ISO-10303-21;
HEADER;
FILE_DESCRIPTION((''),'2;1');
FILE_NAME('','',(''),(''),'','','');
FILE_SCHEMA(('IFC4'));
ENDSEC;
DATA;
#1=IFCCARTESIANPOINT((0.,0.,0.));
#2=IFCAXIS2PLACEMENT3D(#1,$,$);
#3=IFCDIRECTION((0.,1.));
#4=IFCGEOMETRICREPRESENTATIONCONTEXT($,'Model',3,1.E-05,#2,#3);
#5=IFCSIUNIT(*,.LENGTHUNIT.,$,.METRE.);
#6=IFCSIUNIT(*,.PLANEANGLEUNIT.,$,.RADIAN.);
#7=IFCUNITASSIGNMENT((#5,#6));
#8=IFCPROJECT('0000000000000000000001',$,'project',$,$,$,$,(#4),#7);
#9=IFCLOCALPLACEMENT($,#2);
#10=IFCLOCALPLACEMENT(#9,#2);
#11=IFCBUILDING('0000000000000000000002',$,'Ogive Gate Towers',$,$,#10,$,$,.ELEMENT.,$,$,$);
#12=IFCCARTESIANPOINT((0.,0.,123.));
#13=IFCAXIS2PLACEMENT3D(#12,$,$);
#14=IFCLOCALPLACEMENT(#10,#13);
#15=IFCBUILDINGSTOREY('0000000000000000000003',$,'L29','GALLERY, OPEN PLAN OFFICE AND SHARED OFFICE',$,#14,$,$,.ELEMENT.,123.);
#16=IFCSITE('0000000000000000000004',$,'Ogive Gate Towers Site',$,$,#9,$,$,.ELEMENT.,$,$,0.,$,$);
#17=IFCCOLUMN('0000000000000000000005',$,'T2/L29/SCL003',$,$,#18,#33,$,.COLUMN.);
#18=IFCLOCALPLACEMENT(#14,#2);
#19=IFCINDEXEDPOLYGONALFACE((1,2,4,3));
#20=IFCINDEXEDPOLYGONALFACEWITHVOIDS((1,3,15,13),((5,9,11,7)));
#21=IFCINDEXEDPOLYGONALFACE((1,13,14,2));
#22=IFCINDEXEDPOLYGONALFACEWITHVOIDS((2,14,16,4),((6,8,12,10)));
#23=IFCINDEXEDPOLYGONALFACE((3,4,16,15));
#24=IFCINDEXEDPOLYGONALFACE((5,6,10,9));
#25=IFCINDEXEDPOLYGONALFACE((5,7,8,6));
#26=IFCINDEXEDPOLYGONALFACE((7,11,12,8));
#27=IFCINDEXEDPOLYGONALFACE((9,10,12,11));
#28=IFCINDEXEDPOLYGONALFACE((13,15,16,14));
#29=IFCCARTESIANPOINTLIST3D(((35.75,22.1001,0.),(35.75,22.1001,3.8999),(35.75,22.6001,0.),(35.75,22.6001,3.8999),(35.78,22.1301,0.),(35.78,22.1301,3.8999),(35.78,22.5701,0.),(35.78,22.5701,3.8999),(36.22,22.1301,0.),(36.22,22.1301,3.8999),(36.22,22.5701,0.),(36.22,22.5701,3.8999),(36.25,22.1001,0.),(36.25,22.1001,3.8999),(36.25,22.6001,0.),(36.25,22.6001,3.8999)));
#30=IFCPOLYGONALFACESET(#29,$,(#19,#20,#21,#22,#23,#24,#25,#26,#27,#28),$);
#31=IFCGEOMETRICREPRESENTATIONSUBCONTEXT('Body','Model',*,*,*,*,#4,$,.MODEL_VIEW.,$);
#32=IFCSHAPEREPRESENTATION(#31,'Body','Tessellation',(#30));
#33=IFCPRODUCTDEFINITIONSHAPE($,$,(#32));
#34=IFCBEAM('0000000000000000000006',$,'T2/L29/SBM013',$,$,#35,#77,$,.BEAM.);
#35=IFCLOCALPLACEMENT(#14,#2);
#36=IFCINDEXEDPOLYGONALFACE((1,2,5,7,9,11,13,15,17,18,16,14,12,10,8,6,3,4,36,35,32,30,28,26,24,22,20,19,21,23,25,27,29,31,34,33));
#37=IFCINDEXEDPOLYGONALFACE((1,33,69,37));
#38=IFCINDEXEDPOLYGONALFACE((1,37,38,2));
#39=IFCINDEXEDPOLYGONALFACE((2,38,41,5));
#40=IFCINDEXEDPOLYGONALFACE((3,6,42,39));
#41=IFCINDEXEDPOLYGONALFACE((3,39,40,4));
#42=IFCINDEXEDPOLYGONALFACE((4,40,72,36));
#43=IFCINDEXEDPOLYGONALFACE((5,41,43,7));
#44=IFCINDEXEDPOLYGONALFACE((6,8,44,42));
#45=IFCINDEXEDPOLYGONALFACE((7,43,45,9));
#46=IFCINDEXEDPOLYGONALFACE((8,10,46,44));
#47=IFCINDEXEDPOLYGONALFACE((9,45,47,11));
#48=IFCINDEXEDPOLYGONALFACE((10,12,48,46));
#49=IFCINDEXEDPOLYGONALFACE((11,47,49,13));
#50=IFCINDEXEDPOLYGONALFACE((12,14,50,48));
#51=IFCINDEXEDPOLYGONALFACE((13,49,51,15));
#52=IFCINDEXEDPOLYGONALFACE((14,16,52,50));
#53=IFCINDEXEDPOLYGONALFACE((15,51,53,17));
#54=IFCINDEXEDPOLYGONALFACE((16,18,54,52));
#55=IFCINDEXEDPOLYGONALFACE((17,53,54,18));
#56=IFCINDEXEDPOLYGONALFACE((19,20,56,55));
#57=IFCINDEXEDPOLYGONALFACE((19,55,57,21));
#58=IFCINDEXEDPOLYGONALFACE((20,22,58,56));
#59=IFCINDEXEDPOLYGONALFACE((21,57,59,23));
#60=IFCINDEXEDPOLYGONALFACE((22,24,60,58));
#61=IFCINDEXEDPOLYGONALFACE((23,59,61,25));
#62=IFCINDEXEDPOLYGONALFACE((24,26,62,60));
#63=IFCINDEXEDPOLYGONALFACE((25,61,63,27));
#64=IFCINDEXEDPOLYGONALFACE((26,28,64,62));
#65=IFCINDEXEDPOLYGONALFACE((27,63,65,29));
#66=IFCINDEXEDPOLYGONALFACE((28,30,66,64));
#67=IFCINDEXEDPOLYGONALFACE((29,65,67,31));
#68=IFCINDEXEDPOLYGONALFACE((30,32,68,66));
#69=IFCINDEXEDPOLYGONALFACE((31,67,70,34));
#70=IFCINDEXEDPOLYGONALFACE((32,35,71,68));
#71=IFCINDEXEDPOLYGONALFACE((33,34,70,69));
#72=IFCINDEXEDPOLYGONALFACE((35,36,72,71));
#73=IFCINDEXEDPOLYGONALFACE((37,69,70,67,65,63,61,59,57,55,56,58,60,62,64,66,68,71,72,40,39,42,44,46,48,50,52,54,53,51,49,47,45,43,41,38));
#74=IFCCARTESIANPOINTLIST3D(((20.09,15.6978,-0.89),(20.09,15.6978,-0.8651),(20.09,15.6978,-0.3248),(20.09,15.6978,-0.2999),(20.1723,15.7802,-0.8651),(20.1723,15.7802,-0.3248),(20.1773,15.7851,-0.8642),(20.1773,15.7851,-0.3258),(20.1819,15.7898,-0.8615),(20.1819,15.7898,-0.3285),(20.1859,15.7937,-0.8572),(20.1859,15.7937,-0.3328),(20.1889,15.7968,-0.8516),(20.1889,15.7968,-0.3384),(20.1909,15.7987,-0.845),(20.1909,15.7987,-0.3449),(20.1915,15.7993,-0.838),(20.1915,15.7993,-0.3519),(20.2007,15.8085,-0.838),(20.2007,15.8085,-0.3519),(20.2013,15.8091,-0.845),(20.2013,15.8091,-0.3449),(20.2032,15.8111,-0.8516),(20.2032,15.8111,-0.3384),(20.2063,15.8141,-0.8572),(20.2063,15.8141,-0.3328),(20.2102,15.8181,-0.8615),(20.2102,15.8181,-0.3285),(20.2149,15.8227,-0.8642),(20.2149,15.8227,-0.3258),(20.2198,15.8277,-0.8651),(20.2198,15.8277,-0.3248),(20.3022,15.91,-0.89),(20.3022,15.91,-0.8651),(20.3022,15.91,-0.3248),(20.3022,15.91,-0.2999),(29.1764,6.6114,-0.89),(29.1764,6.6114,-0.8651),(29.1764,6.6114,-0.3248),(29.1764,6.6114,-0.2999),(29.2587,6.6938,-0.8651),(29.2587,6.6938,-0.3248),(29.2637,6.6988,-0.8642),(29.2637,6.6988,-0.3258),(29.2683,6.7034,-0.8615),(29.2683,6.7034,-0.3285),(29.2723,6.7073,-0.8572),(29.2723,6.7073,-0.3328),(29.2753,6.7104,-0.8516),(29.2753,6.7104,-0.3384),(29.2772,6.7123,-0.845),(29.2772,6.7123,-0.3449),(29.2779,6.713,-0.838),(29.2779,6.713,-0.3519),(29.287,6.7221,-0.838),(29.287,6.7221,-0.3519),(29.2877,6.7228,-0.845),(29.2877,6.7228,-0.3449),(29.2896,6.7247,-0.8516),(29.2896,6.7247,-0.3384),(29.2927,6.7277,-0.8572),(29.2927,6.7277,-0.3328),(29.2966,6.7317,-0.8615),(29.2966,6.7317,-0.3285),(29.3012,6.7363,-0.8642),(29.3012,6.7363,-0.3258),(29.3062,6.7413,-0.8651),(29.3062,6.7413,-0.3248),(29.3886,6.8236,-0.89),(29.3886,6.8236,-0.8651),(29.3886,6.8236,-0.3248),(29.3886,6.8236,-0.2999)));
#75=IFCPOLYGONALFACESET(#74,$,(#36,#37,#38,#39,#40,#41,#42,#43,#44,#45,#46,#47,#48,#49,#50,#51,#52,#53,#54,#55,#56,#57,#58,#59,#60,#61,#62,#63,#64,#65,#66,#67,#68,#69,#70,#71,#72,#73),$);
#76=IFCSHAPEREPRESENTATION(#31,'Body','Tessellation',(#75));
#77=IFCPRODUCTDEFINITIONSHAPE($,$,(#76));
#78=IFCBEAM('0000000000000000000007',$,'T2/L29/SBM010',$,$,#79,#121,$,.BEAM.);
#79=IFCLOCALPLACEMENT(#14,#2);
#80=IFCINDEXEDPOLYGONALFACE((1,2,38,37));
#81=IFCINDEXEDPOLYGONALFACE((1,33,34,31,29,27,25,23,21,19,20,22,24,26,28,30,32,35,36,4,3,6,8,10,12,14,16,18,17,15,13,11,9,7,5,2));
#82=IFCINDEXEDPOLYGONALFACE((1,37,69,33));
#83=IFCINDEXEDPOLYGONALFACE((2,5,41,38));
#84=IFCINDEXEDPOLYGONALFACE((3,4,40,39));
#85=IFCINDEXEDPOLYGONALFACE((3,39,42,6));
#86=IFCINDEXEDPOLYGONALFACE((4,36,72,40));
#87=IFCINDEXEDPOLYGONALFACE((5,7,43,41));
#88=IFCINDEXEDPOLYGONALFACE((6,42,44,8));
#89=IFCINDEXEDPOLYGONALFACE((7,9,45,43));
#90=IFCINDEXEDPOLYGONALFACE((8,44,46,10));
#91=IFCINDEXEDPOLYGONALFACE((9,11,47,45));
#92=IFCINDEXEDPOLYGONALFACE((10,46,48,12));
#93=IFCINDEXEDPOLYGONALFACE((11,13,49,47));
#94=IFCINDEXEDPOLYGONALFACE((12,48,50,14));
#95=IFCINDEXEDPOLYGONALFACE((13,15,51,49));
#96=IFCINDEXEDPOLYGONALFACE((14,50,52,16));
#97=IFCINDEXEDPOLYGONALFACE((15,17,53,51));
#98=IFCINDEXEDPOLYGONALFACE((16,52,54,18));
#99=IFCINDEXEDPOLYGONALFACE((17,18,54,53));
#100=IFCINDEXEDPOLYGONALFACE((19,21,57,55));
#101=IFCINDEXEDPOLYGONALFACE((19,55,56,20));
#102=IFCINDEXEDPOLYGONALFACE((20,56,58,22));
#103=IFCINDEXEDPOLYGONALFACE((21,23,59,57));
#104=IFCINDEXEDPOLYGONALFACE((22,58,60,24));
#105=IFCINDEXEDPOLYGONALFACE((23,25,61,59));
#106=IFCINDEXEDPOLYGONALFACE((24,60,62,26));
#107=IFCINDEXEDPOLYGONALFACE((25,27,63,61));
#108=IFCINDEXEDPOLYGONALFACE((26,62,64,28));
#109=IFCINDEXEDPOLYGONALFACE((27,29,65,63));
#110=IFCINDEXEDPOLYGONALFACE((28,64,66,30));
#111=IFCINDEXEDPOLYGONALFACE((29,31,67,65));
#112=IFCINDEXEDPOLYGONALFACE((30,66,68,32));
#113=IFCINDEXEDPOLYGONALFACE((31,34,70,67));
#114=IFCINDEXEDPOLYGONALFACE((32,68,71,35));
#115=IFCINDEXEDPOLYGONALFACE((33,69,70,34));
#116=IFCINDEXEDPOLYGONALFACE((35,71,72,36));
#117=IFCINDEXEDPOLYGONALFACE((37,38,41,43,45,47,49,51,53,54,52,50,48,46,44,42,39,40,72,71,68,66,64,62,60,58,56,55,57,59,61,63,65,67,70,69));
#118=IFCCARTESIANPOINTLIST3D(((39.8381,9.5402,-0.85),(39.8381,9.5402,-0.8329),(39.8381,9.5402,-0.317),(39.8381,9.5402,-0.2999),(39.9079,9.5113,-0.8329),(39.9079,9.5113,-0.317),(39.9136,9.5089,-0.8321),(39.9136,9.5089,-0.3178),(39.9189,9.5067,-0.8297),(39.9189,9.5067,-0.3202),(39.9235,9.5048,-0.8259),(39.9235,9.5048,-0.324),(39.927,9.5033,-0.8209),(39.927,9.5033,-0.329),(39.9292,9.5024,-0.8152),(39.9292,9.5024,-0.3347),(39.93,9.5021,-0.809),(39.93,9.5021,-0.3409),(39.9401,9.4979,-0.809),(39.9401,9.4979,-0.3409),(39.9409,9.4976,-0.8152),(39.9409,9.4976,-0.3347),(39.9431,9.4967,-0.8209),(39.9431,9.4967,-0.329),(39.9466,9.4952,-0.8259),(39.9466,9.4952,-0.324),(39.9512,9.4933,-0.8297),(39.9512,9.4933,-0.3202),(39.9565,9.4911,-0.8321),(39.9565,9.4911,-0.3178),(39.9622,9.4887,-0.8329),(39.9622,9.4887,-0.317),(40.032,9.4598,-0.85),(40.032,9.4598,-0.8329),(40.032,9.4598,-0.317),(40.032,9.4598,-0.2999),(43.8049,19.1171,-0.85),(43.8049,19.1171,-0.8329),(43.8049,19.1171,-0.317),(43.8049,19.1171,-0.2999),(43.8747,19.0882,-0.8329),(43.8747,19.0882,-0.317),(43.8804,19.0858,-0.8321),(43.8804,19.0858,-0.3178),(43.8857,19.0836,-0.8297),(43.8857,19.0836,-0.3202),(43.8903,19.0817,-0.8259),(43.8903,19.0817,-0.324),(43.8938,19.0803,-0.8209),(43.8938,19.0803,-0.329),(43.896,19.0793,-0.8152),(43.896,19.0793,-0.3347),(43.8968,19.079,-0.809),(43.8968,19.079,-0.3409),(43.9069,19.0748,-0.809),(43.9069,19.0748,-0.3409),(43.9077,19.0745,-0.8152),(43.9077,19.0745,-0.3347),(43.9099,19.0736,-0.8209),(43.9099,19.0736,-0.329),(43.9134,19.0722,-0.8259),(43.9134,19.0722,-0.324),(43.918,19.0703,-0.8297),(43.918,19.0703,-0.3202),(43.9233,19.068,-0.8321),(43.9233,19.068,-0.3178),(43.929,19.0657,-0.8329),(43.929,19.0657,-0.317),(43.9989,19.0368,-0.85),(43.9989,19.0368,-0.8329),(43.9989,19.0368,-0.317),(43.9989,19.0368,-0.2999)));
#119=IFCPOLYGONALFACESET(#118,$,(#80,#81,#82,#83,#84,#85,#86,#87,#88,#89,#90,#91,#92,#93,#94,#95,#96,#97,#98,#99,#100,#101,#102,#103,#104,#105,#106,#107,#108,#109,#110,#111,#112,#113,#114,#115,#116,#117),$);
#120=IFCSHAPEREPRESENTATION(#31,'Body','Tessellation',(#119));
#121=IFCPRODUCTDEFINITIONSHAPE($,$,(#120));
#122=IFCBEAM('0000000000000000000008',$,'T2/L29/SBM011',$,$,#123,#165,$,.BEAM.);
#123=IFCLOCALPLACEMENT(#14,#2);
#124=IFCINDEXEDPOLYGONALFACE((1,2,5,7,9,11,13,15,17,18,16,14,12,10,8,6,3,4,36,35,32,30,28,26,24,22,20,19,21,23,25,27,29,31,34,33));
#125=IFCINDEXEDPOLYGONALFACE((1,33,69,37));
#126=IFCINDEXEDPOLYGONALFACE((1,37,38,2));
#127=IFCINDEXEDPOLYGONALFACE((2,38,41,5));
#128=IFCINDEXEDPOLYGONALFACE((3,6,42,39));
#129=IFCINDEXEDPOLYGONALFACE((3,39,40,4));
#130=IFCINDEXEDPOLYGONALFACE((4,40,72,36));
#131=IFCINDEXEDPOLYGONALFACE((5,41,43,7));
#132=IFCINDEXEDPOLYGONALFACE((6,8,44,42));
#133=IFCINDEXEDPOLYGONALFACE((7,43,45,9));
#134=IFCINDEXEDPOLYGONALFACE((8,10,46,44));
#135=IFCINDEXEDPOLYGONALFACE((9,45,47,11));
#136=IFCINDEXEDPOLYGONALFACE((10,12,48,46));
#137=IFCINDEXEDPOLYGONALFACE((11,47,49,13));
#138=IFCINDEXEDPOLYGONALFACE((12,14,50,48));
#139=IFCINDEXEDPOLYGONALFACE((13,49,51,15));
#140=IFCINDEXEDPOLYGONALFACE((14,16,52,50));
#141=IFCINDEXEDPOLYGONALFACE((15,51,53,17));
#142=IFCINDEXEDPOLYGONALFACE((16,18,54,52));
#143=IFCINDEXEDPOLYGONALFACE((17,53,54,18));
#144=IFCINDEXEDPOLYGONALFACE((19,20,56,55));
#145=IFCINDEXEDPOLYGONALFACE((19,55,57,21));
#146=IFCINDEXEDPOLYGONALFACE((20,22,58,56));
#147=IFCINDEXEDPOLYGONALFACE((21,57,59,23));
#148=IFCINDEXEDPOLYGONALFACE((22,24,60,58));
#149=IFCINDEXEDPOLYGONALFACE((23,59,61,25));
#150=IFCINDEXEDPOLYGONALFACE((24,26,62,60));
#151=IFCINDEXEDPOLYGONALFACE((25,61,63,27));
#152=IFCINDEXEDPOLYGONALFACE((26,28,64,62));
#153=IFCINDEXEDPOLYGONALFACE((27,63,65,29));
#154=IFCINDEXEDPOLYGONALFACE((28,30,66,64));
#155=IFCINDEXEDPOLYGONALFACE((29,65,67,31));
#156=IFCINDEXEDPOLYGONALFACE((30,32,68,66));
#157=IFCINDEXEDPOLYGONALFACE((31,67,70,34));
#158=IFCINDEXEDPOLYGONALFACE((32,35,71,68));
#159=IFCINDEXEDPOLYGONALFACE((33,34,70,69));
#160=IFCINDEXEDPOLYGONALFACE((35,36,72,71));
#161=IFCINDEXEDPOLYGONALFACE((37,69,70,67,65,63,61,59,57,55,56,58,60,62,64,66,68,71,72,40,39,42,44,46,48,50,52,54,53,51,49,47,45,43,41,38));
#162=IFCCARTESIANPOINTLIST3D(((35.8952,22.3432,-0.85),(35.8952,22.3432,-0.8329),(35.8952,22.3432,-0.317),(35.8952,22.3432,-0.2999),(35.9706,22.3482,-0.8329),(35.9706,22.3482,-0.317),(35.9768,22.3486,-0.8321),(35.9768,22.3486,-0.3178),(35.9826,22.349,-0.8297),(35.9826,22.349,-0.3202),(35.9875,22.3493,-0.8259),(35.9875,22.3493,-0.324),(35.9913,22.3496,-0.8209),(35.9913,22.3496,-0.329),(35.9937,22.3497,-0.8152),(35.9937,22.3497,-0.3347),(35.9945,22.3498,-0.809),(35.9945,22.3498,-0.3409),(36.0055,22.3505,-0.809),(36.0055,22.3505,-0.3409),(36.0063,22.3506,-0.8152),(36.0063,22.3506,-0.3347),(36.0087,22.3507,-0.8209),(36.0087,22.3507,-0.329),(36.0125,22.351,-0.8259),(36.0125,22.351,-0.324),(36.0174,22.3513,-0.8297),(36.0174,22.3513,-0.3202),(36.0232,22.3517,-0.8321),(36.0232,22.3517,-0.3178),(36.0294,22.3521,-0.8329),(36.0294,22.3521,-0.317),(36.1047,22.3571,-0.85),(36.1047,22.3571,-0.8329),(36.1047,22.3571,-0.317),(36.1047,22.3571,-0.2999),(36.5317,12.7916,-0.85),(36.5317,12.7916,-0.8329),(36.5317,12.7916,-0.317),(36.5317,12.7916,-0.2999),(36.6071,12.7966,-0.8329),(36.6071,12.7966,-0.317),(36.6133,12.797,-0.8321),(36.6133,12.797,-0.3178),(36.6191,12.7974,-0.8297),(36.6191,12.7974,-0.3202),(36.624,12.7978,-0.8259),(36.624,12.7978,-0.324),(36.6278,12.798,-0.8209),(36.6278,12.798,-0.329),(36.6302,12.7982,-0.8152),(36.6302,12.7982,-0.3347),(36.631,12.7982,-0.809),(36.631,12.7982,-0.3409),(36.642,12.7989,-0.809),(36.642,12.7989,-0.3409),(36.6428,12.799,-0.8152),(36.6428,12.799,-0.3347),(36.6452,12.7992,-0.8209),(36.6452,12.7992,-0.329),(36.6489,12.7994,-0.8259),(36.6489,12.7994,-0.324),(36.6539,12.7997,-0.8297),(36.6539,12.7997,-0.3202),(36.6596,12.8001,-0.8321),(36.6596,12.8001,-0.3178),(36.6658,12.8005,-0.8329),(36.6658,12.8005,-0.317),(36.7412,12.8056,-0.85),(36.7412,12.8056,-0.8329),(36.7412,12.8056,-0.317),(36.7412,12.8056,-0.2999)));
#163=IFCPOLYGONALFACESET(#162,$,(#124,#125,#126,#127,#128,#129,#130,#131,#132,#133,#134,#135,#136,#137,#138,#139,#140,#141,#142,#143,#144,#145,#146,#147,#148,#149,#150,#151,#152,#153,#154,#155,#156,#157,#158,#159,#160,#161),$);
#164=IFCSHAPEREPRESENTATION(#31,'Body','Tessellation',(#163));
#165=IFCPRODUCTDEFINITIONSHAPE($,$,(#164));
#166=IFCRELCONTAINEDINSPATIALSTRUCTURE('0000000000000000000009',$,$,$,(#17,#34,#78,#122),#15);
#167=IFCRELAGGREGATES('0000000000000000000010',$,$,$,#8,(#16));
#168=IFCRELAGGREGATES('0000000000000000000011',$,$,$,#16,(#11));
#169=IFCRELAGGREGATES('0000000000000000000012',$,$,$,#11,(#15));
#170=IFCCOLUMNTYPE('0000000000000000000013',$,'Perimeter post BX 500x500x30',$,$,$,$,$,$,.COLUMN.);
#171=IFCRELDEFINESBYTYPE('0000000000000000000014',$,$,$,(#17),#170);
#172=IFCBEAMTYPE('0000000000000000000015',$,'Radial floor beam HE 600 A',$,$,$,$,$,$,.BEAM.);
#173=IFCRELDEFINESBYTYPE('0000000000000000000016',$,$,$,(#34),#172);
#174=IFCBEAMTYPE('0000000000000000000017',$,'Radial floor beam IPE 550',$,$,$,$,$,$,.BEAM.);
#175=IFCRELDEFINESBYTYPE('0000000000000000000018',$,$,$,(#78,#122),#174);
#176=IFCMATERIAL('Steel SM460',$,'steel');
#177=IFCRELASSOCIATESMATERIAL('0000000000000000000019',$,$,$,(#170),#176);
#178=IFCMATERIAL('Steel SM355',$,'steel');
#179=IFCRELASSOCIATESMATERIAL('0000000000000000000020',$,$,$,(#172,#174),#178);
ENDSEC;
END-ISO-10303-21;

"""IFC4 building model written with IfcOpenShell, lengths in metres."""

from ifc_helpers import new_model, si_unit, direction, frame, origin, origin_2d, place, context, subcontext, project, spatial, hollow_rectangle, i_section, extrude, material, material_profile, profile_set, type_object, element, save


model = new_model("IFC4")

# Units and contexts
model_context = context("Model", 3, precision=1e-05, world=origin(), true_north=direction((0.0, 1.0)))
body_context = subcontext(model_context, "Body", "Model", "MODEL_VIEW")
ifc_project = project(units=[si_unit("LENGTHUNIT", "METRE"), si_unit("PLANEANGLEUNIT", "RADIAN")], contexts=[model_context])

# Site, building, storey
site_placement = place(None, origin())
site = spatial("IfcSite", under=ifc_project, at=site_placement, Name="Ogive Gate Towers Site", CompositionType="ELEMENT", RefElevation=0.0)
building_placement = place(site_placement, origin())
building = spatial("IfcBuilding", under=site, at=building_placement, Name="Ogive Gate Towers", CompositionType="ELEMENT")
storey_placement = place(building_placement, frame((0.0, 0.0, 123.0)))
storey = spatial("IfcBuildingStorey", under=building, at=storey_placement, Name="L29", Description="GALLERY, OPEN PLAN OFFICE AND SHARED OFFICE", CompositionType="ELEMENT", Elevation=123.0)

# Column
ifc_material_1 = material(Name="Steel SM460", Category="steel")
ifc_material_profile_1 = material_profile(ifc_material_1, hollow_rectangle(XDim=0.5, YDim=0.5, WallThickness=0.03, at=origin_2d()), Name="BX 500x500x30")
ifc_profile_set_1 = profile_set([ifc_material_profile_1], Name="Steel SM460")
column_type = type_object("IfcColumnType", Name="Perimeter post BX 500x500x30", PredefinedType="COLUMN", material=ifc_profile_set_1)
column_placement = place(storey_placement, frame((36.0, 22.3501, 0.0), z_axis=(0.0, 0.0, 1.0), x_axis=(1.0, 0.0, 0.0)))
element("IfcColumn", 1, at=column_placement, inside=storey, type_object=column_type, Name="T2/L29/SCL003", PredefinedType="COLUMN", context=body_context, shape_type="SweptSolid", body=[
    extrude(hollow_rectangle(XDim=0.5, YDim=0.5, WallThickness=0.03, at=origin_2d()), origin(), (0.0, 0.0, 1.0), 3.8999),
])

# Beams
ifc_material_2 = material(Name="Steel SM355", Category="steel")
ifc_material_profile_2 = material_profile(ifc_material_2, i_section(OverallWidth=0.3, OverallDepth=0.5901, WebThickness=0.0129, FlangeThickness=0.0249, FilletRadius=0.0271, at=origin_2d()), Name="HE 600 A")
ifc_profile_set_2 = profile_set([ifc_material_profile_2], Name="Steel SM355")
beam_type_1 = type_object("IfcBeamType", Name="Radial floor beam HE 600 A", PredefinedType="BEAM", material=ifc_profile_set_2)
beam_1_placement = place(storey_placement, frame((29.2825, 6.7175, -0.595), z_axis=(-0.707107, 0.707107, 0.0), x_axis=(-0.707107, -0.707107, 0.0)))
element("IfcBeam", 2, at=beam_1_placement, inside=storey, type_object=beam_type_1, Name="T2/L29/SBM013", PredefinedType="BEAM", context=body_context, shape_type="SweptSolid", body=[
    extrude(i_section(OverallWidth=0.3, OverallDepth=0.5901, WebThickness=0.0129, FlangeThickness=0.0249, FilletRadius=0.0271, at=origin_2d()), origin(), (0.0, 0.0, 1.0), 12.8501),
])
ifc_material_profile_3 = material_profile(ifc_material_2, i_section(OverallWidth=0.21, OverallDepth=0.55, WebThickness=0.011, FlangeThickness=0.0171, FilletRadius=0.0239, at=origin_2d()), Name="IPE 550")
ifc_profile_set_3 = profile_set([ifc_material_profile_3], Name="Steel SM355")
beam_type_2 = type_object("IfcBeamType", Name="Radial floor beam IPE 550", PredefinedType="BEAM", material=ifc_profile_set_3)
beam_2_placement = place(storey_placement, frame((39.9351, 9.5, -0.575), z_axis=(0.382676, 0.923882, 0.0), x_axis=(-0.923882, 0.382676, 0.0)))
element("IfcBeam", 3, at=beam_2_placement, inside=storey, type_object=beam_type_2, Name="T2/L29/SBM010", PredefinedType="BEAM", context=body_context, shape_type="SweptSolid", body=[
    extrude(i_section(OverallWidth=0.21, OverallDepth=0.55, WebThickness=0.011, FlangeThickness=0.0171, FilletRadius=0.0239, at=origin_2d()), origin(), (0.0, 0.0, 1.0), 10.366),
])
beam_3_placement = place(storey_placement, frame((36.6365, 12.7986, -0.575), z_axis=(-0.066489, 0.997787, 0.0), x_axis=(-0.997787, -0.066489, 0.0)))
element("IfcBeam", 4, at=beam_3_placement, inside=storey, type_object=beam_type_2, Name="T2/L29/SBM011", PredefinedType="BEAM", context=body_context, shape_type="SweptSolid", body=[
    extrude(i_section(OverallWidth=0.21, OverallDepth=0.55, WebThickness=0.011, FlangeThickness=0.0171, FilletRadius=0.0239, at=origin_2d()), origin(), (0.0, 0.0, 1.0), 9.5728),
])

save(model, "model.ifc")
